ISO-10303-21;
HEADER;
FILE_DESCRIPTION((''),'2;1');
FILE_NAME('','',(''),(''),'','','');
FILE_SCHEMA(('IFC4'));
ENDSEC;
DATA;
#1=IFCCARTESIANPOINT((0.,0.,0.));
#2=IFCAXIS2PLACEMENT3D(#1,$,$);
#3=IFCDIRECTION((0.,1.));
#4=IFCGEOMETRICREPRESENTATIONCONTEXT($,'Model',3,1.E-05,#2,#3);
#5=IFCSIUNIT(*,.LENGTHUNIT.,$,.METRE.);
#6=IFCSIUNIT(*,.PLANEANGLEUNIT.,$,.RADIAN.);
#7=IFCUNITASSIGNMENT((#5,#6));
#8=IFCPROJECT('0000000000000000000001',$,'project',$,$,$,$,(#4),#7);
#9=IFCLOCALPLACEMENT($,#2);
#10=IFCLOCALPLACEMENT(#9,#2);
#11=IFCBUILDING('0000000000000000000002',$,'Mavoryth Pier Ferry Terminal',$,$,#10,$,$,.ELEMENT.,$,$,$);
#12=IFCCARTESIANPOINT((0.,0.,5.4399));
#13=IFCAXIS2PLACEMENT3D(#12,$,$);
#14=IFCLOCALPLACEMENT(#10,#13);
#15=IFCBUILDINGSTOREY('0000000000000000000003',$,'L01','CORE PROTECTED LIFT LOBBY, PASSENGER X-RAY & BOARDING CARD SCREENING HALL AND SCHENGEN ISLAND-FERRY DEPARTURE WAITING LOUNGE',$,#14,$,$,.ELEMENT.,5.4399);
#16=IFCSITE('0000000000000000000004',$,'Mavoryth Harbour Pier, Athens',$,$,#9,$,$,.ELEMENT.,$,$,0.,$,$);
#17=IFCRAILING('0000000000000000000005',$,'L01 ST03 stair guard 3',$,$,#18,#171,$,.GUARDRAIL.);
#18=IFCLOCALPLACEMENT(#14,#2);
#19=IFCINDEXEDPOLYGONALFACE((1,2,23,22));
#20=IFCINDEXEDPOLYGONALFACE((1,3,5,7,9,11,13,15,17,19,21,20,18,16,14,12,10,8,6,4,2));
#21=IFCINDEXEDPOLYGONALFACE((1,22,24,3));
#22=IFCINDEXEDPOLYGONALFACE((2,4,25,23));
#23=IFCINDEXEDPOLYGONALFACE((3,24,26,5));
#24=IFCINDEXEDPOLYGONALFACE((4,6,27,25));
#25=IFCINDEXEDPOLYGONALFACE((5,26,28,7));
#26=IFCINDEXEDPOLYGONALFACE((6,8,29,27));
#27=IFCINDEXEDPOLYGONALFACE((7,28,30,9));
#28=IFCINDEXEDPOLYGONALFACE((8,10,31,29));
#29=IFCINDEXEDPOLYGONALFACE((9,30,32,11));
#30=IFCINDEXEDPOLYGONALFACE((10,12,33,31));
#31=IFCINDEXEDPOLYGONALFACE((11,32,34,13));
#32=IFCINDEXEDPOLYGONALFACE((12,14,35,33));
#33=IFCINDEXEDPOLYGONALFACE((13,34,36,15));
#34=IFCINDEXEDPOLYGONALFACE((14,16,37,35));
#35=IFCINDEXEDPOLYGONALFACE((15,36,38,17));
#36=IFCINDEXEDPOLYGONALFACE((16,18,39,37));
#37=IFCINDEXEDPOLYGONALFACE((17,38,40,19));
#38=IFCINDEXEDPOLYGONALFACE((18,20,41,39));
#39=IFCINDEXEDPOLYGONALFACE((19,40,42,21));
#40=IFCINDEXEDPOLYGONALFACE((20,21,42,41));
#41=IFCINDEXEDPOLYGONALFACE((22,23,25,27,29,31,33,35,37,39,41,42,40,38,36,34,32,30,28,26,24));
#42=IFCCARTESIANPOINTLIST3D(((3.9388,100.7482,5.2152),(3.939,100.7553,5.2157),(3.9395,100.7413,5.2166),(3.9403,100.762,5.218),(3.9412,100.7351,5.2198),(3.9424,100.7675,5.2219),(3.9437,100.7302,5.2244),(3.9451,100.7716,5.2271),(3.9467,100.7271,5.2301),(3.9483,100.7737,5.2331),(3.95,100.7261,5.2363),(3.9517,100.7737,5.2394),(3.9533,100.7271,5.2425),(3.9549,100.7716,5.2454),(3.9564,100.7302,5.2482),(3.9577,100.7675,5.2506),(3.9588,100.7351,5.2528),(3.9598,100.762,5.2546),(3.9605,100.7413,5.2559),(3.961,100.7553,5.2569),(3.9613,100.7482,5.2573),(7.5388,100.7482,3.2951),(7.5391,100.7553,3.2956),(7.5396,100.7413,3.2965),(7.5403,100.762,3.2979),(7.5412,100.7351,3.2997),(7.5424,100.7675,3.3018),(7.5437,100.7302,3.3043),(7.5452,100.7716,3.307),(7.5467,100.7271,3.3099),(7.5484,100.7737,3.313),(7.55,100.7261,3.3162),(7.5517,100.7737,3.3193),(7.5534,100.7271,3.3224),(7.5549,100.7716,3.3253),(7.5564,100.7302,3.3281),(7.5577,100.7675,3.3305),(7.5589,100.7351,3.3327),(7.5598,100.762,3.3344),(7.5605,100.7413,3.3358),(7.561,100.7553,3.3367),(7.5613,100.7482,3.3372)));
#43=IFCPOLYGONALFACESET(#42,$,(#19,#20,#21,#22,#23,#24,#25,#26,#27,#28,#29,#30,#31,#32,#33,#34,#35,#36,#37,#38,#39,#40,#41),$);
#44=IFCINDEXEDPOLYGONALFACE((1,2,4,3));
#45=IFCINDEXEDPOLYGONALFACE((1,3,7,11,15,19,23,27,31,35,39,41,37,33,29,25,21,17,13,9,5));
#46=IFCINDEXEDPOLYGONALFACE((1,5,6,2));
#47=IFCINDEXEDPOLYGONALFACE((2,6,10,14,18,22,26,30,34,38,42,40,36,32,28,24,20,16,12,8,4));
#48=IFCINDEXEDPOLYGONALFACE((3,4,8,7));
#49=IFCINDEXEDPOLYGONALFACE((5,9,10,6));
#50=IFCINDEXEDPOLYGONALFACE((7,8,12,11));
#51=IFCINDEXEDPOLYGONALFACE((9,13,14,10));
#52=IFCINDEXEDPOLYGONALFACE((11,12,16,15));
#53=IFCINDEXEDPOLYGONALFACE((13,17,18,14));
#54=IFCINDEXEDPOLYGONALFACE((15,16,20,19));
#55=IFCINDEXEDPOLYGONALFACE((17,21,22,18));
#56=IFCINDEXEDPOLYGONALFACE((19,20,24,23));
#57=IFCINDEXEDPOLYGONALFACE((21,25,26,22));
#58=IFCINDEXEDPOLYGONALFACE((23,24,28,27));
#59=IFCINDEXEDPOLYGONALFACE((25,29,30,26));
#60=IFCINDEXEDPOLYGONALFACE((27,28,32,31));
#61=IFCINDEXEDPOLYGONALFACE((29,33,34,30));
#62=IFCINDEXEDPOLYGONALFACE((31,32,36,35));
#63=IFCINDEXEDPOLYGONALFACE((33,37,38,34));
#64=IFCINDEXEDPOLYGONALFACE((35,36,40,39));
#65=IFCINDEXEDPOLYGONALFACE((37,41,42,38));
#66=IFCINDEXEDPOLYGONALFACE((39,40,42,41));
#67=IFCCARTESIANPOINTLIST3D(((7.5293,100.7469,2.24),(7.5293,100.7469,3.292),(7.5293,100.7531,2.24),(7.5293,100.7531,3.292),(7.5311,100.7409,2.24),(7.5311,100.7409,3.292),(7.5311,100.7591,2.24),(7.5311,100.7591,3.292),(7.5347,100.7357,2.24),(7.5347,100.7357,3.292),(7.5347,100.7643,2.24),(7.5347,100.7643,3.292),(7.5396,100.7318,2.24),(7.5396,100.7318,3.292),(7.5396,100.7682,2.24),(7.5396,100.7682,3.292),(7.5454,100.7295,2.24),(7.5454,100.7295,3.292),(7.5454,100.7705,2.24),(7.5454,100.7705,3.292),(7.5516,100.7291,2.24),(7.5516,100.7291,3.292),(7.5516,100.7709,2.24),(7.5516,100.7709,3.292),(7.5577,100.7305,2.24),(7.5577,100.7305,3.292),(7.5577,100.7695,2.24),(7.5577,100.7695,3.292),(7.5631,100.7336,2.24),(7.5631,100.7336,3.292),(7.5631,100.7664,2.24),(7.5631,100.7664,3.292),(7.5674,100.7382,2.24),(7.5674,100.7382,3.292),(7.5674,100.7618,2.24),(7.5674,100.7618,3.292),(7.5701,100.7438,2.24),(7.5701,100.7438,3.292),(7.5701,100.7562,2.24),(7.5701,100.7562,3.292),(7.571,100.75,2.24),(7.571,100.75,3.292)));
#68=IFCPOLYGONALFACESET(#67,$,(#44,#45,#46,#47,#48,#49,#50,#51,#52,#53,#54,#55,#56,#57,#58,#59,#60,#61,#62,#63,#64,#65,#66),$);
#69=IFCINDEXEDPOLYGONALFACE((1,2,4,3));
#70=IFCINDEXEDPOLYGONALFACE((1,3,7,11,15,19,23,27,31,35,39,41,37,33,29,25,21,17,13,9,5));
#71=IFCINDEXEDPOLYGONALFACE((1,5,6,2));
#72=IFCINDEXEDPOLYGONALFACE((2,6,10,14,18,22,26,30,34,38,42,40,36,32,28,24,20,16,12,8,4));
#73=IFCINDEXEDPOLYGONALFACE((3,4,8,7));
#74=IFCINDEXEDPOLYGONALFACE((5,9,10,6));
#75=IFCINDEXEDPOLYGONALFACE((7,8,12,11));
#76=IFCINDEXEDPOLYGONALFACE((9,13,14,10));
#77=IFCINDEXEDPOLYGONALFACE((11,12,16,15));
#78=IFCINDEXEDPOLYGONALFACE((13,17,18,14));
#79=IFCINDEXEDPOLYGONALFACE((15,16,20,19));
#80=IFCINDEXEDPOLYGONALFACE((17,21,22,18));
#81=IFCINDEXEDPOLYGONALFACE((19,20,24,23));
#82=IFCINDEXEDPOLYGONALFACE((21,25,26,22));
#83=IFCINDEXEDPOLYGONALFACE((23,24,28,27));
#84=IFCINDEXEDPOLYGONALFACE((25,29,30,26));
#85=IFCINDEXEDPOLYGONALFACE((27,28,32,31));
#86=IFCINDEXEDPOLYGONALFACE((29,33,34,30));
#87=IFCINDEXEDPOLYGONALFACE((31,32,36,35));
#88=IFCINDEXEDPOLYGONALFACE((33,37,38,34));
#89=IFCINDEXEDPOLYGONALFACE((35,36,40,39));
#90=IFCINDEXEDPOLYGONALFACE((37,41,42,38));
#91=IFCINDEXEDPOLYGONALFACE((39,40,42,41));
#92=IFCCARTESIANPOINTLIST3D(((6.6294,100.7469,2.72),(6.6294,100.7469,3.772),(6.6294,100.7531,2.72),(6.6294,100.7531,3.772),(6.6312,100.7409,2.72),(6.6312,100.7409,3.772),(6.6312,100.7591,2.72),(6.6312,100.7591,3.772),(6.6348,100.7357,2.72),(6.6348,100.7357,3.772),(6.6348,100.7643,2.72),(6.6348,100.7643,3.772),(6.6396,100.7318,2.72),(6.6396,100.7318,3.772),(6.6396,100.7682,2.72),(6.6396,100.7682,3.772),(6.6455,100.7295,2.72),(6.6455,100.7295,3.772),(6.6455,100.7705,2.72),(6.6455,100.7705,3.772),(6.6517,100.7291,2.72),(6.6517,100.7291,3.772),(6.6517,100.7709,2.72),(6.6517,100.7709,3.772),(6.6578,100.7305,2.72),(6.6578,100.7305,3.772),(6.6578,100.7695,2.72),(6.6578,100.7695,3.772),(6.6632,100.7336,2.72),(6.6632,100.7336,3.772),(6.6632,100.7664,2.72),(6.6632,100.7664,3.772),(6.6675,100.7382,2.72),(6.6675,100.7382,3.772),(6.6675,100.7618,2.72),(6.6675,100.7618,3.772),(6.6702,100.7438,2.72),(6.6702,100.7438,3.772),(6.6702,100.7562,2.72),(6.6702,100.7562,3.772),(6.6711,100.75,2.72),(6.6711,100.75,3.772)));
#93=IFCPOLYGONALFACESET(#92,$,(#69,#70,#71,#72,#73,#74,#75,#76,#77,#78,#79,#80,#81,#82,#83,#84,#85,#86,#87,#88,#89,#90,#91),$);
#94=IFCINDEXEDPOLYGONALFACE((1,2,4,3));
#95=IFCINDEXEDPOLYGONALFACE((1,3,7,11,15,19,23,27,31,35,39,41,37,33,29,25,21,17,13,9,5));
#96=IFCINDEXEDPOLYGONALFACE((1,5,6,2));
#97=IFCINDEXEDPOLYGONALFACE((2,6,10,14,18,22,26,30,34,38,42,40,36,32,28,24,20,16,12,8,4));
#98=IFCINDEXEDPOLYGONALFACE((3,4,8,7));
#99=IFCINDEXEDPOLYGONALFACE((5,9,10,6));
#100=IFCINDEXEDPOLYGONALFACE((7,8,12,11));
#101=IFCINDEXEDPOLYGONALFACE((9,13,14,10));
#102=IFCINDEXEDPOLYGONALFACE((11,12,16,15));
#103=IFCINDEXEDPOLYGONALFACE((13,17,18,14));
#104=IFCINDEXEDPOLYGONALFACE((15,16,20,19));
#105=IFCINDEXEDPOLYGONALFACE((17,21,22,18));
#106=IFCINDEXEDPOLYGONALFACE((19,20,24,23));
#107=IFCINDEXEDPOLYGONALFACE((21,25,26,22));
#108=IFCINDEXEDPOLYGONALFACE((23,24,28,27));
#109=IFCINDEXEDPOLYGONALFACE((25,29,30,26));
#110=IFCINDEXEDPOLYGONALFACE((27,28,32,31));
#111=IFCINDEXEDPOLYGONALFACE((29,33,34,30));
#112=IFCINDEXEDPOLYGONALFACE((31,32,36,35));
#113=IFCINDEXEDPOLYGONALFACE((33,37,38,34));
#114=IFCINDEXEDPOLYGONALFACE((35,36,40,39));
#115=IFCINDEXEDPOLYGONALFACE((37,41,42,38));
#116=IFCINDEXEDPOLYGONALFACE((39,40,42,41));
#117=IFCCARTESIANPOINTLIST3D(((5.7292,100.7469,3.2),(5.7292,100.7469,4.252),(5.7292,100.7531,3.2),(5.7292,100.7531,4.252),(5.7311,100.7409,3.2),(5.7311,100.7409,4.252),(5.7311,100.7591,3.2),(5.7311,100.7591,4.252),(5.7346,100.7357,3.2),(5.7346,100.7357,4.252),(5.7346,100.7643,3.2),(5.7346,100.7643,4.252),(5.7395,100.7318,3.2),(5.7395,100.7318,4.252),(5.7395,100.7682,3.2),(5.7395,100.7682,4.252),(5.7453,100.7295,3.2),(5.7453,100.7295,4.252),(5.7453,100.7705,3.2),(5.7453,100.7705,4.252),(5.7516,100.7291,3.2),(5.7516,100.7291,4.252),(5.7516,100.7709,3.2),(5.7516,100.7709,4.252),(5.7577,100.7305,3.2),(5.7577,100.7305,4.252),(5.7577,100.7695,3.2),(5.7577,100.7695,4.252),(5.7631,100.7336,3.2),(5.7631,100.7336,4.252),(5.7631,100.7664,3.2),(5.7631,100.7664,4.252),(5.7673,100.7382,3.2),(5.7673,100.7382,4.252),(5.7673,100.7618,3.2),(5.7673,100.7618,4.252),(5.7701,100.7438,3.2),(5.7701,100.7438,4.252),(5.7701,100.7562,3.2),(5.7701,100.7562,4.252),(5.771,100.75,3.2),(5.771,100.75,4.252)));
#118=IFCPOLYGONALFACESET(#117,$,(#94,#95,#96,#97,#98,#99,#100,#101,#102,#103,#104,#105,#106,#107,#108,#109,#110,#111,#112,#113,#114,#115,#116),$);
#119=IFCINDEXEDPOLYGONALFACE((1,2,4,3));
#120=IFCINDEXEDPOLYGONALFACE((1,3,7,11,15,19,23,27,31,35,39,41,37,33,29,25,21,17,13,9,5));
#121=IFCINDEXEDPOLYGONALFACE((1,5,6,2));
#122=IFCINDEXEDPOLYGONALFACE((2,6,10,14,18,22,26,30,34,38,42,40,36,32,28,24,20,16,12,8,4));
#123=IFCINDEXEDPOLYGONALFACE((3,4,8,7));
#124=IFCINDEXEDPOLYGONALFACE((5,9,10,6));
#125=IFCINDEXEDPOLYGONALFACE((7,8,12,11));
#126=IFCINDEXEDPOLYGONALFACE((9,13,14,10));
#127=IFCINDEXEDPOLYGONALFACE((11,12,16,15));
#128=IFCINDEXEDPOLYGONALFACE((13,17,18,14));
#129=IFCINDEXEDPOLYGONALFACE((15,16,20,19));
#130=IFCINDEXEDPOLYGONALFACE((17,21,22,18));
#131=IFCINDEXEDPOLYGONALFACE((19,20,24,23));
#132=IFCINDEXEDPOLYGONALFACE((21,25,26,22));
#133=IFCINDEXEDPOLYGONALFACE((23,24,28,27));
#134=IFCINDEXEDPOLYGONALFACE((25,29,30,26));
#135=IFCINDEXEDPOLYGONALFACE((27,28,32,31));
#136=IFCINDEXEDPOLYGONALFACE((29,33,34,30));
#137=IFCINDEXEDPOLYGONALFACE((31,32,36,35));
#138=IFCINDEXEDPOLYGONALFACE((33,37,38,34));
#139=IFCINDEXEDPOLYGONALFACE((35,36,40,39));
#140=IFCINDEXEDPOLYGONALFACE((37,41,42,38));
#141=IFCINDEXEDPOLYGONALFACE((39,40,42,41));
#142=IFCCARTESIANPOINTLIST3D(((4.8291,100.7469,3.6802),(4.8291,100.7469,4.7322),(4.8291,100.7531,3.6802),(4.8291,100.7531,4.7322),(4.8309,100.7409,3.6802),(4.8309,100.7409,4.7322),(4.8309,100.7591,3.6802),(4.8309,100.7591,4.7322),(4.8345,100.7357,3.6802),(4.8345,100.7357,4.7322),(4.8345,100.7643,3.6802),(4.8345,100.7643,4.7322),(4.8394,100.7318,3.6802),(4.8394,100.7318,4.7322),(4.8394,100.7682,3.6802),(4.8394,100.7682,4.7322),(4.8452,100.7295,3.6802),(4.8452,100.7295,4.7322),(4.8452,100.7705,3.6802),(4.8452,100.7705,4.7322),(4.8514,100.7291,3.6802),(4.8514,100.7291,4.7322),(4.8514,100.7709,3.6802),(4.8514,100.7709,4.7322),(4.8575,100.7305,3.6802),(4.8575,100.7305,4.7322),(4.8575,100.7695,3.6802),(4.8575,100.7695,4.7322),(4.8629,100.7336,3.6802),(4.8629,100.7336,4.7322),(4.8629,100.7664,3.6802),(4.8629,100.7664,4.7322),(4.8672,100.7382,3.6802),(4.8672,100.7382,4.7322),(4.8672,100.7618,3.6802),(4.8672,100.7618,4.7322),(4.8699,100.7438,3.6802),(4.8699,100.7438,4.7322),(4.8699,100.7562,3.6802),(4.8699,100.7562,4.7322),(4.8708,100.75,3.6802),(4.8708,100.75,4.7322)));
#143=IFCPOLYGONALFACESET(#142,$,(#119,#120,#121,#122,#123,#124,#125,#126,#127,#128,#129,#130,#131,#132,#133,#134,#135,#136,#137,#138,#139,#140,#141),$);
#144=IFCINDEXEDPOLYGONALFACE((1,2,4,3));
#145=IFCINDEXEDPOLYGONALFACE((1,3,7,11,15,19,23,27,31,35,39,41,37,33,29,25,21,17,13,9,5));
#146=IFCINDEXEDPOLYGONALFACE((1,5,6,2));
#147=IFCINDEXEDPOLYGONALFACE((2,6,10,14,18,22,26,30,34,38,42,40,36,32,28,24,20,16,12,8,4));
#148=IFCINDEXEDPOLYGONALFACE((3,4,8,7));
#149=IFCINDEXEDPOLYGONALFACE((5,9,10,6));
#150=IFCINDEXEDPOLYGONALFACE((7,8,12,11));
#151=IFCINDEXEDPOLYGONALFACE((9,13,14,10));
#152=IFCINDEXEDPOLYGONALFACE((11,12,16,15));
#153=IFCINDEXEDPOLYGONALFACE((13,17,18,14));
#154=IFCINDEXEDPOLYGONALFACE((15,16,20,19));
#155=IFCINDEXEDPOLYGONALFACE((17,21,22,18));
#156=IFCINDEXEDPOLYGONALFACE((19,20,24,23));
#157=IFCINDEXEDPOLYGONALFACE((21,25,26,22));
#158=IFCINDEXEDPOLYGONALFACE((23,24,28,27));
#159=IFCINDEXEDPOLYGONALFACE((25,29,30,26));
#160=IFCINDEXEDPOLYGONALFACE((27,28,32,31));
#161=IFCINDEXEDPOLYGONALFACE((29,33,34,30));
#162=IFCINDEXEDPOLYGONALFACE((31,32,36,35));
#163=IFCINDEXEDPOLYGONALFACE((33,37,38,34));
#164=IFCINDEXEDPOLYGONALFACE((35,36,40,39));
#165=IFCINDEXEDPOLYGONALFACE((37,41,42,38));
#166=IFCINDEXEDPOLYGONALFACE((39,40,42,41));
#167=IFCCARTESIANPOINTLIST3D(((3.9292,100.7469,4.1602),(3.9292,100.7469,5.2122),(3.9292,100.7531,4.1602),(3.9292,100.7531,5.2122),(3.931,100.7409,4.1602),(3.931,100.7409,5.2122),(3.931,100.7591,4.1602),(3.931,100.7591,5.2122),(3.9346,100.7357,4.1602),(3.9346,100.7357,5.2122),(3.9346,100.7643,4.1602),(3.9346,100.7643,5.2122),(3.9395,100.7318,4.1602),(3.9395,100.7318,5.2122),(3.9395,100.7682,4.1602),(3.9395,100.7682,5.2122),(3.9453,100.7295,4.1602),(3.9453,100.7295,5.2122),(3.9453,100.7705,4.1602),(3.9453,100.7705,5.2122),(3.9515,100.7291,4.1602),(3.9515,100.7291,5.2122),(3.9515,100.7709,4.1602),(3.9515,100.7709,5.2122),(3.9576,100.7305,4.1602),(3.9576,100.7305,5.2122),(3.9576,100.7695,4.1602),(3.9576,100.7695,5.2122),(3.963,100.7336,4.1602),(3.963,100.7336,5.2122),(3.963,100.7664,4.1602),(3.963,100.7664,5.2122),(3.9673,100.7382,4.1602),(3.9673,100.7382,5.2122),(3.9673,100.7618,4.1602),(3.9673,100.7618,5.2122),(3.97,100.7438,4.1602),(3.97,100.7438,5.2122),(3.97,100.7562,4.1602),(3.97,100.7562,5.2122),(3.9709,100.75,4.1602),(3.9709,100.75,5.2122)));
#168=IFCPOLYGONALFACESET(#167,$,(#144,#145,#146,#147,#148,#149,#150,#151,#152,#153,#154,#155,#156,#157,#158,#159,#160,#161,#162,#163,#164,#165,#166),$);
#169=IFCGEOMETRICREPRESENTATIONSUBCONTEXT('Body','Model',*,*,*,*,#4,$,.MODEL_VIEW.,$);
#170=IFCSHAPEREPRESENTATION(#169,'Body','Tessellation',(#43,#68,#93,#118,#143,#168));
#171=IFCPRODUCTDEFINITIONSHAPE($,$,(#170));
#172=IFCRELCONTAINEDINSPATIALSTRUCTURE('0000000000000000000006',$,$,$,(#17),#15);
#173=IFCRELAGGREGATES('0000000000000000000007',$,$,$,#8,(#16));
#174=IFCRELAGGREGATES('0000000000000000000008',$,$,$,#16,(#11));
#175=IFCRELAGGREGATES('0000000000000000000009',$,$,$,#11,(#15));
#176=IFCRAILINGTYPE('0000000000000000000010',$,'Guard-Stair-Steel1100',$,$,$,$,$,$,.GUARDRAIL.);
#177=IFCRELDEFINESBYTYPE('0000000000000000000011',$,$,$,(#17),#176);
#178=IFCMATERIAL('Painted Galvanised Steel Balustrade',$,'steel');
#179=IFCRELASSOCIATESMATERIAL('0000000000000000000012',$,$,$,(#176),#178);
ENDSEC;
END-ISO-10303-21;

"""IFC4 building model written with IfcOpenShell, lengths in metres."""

from ifc_helpers import new_model, si_unit, direction, frame, origin, origin_2d, place, context, subcontext, project, spatial, circle, extrude, material, type_object, element, save


model = new_model("IFC4")

# Units and contexts
model_context = context("Model", 3, precision=1e-05, world=origin(), true_north=direction((0.0, 1.0)))
body_context = subcontext(model_context, "Body", "Model", "MODEL_VIEW")
ifc_project = project(units=[si_unit("LENGTHUNIT", "METRE"), si_unit("PLANEANGLEUNIT", "RADIAN")], contexts=[model_context])

# Site, building, storey
site_placement = place(None, origin())
site = spatial("IfcSite", under=ifc_project, at=site_placement, Name="Mavoryth Harbour Pier, Athens", CompositionType="ELEMENT", RefElevation=0.0)
building_placement = place(site_placement, origin())
building = spatial("IfcBuilding", under=site, at=building_placement, Name="Mavoryth Pier Ferry Terminal", CompositionType="ELEMENT")
storey_placement = place(building_placement, frame((0.0, 0.0, 5.4399)))
storey = spatial("IfcBuildingStorey", under=building, at=storey_placement, Name="L01", Description="CORE PROTECTED LIFT LOBBY, PASSENGER X-RAY & BOARDING CARD SCREENING HALL AND SCHENGEN ISLAND-FERRY DEPARTURE WAITING LOUNGE", CompositionType="ELEMENT", Elevation=5.4399)

# Railing
ifc_material_1 = material(Name="Painted Galvanised Steel Balustrade", Category="steel")
railing_type_1 = type_object("IfcRailingType", Name="Guard-Stair-Steel1100", PredefinedType="GUARDRAIL", material=ifc_material_1)
railing_1_placement = place(storey_placement, frame((7.55, 100.75, 2.24)))
element("IfcRailing", 1, at=railing_1_placement, inside=storey, type_object=railing_type_1, Name="L01 ST03 stair guard 3", PredefinedType="GUARDRAIL", context=body_context, shape_type="SweptSolid", body=[
    extrude(circle(Radius=0.0239, at=origin_2d()), frame((0.0, 0.0, 1.0762), z_axis=(-0.882341, 0.0, 0.47061), x_axis=(0.0, -1.0, 0.0)), (0.0, 0.0, 1.0), 4.0801),
    extrude(circle(Radius=0.021, at=origin_2d()), origin(), (0.0, 0.0, 1.0), 1.052),
    extrude(circle(Radius=0.021, at=origin_2d()), frame((-0.8999, 0.0, 0.48)), (0.0, 0.0, 1.0), 1.052),
    extrude(circle(Radius=0.021, at=origin_2d()), frame((-1.8, 0.0, 0.96)), (0.0, 0.0, 1.0), 1.052),
    extrude(circle(Radius=0.021, at=origin_2d()), frame((-2.7002, 0.0, 1.4402)), (0.0, 0.0, 1.0), 1.052),
    extrude(circle(Radius=0.021, at=origin_2d()), frame((-3.6001, 0.0, 1.9202)), (0.0, 0.0, 1.0), 1.052),
])

save(model, "model.ifc")
